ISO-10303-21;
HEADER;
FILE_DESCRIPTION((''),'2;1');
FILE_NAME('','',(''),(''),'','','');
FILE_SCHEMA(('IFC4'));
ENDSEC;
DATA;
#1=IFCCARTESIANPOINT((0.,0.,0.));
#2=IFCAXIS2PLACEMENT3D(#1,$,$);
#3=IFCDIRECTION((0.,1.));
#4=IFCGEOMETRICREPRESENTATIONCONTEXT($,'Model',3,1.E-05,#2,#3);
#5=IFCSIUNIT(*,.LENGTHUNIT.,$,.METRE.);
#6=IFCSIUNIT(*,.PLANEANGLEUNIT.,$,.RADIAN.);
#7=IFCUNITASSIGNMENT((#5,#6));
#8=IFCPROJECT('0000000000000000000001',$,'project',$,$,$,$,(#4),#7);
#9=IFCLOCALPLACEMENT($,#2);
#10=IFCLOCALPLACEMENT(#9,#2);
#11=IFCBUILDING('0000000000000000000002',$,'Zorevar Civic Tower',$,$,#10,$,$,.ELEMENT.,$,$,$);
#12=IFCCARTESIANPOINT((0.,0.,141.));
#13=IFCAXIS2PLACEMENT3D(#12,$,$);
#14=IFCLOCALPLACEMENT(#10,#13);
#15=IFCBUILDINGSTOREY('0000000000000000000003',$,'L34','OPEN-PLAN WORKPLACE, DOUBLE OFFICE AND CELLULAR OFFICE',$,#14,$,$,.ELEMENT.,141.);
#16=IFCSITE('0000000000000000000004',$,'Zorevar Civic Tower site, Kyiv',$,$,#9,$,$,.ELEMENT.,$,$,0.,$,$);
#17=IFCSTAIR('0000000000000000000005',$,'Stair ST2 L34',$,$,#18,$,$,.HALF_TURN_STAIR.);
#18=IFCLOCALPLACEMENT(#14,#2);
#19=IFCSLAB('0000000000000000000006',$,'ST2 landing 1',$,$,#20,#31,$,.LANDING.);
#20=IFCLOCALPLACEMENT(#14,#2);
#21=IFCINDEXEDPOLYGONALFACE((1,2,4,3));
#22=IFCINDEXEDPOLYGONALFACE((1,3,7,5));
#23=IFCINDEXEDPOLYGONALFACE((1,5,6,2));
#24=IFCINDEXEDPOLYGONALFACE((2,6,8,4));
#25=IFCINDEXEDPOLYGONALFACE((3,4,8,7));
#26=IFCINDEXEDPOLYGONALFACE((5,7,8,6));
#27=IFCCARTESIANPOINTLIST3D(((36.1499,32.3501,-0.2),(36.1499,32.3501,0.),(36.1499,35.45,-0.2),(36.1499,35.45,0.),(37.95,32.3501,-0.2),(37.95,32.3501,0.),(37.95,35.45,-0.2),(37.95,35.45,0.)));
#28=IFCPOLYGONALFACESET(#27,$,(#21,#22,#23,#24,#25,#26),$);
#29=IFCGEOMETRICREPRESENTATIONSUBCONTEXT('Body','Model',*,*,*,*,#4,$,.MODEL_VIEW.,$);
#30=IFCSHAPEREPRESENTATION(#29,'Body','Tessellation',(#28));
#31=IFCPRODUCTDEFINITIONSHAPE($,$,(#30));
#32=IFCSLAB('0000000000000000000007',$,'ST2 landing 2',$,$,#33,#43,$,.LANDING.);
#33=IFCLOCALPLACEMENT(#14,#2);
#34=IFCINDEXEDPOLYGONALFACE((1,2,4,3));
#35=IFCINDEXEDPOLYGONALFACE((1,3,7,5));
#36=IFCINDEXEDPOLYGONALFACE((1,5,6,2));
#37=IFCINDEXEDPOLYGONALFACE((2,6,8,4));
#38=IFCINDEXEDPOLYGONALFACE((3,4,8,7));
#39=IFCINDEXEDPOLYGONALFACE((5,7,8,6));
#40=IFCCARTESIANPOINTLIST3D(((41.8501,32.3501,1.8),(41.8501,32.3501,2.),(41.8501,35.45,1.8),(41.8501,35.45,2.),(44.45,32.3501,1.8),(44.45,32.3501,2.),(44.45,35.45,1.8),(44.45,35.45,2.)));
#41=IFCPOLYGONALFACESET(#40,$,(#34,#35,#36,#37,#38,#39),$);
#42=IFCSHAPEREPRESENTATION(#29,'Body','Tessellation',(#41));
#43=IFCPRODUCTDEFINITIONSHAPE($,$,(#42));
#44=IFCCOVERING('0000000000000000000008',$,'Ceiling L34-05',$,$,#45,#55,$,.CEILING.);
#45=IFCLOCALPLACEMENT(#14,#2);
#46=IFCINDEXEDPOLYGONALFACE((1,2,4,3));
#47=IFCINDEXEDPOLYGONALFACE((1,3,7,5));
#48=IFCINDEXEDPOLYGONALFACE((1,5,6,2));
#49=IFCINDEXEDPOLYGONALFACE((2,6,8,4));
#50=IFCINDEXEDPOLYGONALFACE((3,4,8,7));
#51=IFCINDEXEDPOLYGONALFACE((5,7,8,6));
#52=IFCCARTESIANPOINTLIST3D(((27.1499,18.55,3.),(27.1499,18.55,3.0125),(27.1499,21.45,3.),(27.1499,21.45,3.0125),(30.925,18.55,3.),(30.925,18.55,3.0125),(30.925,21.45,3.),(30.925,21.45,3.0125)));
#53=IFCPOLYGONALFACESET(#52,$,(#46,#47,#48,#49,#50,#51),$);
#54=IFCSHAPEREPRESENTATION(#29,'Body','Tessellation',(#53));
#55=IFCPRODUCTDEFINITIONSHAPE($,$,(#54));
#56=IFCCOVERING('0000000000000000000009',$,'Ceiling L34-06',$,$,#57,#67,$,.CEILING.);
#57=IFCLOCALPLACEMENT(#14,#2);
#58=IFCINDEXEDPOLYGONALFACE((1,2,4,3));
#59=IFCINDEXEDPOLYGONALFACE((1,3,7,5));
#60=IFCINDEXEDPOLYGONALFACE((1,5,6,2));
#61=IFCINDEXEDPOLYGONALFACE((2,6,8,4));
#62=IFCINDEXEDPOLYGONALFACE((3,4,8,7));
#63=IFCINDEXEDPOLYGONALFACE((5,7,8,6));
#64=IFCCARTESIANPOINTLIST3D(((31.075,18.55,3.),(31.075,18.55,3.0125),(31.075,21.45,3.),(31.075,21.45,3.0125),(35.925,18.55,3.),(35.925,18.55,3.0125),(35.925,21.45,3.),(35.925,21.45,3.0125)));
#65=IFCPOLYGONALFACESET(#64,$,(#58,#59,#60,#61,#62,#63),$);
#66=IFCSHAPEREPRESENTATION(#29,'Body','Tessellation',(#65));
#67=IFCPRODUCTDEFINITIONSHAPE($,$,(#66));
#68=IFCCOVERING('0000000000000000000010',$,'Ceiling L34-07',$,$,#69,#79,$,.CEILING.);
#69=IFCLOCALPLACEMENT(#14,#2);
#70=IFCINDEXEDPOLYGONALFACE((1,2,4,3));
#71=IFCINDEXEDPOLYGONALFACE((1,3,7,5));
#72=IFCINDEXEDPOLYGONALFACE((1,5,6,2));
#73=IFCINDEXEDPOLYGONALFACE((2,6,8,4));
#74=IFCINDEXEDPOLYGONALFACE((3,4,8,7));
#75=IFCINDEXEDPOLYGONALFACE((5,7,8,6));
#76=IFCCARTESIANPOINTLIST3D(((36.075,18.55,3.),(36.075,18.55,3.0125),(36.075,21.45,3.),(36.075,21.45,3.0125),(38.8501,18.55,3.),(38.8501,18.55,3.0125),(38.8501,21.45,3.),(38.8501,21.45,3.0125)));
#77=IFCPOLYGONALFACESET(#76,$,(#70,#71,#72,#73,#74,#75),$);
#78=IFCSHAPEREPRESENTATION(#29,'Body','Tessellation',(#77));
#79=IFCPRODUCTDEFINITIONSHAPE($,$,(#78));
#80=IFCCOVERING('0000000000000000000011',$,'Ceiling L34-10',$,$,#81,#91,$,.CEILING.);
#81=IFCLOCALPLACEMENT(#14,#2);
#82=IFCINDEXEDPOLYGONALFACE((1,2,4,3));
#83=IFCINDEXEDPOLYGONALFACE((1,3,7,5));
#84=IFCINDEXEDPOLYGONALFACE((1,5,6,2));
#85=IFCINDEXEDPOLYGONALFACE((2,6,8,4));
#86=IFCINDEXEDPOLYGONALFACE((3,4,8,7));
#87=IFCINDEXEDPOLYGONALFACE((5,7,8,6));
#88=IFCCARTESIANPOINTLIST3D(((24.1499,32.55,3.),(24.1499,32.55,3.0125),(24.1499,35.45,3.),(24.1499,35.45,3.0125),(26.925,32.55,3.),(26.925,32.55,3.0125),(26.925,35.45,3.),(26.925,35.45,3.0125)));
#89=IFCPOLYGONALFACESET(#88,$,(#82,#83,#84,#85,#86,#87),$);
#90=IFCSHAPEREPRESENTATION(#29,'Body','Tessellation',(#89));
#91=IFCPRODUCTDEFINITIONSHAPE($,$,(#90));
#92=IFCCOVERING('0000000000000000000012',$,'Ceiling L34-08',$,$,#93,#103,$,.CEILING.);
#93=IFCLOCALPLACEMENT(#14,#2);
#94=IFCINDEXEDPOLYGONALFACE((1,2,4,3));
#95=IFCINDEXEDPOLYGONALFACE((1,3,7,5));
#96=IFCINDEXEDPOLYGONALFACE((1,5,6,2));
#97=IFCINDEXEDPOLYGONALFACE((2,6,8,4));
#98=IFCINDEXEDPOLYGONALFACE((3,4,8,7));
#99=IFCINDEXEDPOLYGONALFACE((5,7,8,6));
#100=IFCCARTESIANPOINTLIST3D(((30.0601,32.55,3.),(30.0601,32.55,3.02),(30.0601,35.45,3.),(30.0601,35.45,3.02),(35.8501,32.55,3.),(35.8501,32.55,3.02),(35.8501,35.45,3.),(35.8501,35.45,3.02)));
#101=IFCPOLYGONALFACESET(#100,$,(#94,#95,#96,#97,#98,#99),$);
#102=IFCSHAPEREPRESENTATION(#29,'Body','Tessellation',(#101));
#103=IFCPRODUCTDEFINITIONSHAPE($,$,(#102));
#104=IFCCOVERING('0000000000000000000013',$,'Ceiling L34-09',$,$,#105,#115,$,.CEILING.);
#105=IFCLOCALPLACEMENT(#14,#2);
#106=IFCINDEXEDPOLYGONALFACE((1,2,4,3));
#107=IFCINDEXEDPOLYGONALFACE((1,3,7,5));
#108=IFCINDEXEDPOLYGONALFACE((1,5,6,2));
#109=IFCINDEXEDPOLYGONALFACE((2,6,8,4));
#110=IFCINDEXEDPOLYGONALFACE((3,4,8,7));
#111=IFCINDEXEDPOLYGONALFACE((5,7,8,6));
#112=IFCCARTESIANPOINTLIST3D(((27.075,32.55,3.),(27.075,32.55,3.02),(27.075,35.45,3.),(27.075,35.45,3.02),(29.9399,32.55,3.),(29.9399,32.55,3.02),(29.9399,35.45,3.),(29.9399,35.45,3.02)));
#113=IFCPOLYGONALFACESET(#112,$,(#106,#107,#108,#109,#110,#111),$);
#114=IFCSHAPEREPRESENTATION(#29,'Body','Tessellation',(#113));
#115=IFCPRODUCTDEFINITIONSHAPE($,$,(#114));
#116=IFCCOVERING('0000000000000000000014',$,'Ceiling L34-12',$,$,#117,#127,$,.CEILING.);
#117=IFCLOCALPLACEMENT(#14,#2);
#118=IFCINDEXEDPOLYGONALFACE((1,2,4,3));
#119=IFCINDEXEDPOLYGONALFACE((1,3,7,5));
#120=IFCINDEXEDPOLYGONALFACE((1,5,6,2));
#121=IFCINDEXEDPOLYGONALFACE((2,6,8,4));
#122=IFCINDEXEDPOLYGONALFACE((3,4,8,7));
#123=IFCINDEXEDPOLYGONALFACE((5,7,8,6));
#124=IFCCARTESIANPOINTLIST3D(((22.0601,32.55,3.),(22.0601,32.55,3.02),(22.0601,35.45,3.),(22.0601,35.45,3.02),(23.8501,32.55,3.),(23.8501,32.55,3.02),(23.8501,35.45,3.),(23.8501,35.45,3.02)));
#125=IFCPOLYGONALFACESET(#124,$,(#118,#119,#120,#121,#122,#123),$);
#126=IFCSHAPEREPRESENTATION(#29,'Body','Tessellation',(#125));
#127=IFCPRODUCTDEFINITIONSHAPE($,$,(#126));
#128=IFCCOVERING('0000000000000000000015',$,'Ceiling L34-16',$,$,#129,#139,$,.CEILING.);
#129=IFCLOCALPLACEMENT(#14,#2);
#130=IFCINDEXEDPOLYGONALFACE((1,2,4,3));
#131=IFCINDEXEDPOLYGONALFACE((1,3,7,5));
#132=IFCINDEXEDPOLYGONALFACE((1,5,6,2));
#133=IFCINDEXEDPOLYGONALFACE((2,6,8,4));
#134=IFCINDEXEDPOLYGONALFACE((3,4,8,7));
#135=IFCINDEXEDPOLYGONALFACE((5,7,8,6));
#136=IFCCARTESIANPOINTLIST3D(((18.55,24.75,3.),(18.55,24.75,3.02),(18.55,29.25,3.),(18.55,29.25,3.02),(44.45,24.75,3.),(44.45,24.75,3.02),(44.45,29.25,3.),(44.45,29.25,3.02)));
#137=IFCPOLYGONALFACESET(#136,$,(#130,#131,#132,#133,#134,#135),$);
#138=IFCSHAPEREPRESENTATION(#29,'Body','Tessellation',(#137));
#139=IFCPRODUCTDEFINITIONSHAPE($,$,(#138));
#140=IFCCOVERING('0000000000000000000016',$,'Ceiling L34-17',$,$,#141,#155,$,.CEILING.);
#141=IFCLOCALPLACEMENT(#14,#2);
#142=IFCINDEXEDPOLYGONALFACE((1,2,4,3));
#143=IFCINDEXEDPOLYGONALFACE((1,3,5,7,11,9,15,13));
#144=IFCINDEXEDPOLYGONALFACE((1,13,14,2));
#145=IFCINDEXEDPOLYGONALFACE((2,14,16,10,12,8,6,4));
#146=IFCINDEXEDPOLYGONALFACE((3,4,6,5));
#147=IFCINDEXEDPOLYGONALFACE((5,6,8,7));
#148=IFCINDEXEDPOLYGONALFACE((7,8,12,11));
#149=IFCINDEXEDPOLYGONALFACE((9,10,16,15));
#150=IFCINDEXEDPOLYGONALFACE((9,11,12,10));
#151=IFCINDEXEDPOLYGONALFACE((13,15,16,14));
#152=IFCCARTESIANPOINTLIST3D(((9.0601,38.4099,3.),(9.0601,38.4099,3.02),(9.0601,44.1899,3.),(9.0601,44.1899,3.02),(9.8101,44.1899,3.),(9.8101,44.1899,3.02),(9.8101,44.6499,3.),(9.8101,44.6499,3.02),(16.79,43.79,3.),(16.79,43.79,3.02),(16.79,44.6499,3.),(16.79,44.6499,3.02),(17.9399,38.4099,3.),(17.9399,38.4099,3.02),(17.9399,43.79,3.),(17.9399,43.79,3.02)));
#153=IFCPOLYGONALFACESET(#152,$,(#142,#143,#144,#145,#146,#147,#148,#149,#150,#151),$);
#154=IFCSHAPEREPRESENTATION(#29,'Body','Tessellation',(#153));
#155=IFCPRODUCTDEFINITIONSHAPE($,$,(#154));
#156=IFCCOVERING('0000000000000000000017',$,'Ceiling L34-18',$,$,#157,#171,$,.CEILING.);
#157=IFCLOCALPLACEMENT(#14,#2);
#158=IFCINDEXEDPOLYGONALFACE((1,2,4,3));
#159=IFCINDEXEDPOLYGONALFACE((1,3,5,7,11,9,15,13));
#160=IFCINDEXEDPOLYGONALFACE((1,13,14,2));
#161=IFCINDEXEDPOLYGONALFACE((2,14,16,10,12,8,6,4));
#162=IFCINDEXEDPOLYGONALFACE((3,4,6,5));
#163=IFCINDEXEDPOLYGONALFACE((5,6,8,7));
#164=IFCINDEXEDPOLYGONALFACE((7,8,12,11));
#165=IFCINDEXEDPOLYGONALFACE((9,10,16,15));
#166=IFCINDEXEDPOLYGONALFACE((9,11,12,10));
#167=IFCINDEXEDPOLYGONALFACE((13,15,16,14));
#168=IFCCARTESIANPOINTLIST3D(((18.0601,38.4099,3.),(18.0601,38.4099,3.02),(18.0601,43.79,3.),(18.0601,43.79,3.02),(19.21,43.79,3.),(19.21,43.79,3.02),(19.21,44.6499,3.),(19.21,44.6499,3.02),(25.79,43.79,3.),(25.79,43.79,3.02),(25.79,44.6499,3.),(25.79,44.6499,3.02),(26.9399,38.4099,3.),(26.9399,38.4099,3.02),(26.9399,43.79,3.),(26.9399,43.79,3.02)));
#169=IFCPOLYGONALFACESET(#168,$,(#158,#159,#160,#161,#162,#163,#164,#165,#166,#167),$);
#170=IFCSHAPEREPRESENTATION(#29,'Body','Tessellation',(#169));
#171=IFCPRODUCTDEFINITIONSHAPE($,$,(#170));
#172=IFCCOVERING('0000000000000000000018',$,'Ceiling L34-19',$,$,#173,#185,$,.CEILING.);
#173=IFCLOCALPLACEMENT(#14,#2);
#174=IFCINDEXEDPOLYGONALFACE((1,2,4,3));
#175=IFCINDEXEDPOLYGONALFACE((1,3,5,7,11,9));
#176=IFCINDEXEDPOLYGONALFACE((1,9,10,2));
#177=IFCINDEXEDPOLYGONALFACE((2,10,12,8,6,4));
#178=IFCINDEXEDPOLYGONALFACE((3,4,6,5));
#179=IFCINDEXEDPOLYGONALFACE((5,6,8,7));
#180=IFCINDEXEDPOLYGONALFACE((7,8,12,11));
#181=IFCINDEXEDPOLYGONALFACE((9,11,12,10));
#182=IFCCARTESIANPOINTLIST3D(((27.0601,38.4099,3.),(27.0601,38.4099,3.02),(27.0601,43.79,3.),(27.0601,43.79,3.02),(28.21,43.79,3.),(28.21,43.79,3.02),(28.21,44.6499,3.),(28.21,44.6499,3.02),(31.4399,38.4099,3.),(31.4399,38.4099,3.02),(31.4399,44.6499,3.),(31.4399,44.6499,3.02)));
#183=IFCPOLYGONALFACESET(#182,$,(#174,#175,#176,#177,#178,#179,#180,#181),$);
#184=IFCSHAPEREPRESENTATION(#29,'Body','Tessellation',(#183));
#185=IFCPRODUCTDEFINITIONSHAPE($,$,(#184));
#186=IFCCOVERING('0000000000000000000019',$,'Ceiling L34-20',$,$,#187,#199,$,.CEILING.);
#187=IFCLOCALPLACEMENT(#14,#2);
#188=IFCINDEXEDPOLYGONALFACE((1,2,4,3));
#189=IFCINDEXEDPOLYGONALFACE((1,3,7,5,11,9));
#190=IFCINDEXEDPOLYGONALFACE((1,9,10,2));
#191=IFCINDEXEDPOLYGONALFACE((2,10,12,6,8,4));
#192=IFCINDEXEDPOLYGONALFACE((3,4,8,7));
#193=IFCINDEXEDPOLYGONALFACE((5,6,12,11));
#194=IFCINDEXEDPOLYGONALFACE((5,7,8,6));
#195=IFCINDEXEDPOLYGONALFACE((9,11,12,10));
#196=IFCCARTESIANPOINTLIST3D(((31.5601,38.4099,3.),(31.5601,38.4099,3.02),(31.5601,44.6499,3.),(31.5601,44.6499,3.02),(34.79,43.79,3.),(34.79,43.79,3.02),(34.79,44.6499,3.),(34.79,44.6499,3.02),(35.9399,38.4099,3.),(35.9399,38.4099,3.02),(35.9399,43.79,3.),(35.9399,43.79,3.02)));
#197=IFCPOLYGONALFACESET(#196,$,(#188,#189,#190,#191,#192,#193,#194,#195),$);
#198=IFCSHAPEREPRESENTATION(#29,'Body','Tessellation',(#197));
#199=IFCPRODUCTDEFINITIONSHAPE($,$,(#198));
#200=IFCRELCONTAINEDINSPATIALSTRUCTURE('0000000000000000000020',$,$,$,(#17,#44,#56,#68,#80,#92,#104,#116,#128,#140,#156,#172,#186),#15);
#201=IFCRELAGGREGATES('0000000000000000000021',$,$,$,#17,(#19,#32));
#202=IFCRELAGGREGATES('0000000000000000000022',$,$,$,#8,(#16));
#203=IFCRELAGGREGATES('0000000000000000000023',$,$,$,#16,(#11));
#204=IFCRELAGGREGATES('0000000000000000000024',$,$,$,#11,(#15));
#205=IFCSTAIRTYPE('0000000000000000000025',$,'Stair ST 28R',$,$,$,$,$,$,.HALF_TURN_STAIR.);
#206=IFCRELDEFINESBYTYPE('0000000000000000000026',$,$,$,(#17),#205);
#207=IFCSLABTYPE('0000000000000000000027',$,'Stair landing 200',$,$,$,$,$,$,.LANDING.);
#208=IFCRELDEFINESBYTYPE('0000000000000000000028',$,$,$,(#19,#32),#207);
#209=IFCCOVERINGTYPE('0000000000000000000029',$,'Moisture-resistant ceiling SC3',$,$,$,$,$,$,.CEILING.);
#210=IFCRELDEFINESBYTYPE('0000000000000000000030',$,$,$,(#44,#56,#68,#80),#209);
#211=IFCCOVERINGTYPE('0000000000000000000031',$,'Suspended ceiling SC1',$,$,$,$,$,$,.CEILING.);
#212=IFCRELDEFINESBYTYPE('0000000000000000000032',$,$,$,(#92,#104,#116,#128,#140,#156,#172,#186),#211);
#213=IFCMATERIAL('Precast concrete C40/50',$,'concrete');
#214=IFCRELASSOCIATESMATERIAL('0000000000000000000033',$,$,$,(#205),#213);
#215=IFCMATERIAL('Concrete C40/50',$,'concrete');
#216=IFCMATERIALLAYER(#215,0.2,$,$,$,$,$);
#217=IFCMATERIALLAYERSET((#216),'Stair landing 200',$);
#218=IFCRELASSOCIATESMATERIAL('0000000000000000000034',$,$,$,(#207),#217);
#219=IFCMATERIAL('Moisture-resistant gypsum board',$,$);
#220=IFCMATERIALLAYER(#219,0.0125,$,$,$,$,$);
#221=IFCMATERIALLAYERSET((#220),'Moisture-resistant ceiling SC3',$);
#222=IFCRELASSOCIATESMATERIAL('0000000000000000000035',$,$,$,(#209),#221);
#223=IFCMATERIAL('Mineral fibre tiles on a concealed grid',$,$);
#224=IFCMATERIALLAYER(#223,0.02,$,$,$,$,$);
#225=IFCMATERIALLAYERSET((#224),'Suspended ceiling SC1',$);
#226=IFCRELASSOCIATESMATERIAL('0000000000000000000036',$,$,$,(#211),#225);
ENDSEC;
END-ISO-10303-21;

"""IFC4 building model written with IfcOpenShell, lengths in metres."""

from ifc_helpers import new_model, si_unit, direction, frame, origin, place, context, subcontext, project, spatial, polyline, outline, extrude, material, layer, layer_set, type_object, element, aggregate, save


model = new_model("IFC4")

# Units and contexts
model_context = context("Model", 3, precision=1e-05, world=origin(), true_north=direction((0.0, 1.0)))
body_context = subcontext(model_context, "Body", "Model", "MODEL_VIEW")
ifc_project = project(units=[si_unit("LENGTHUNIT", "METRE"), si_unit("PLANEANGLEUNIT", "RADIAN")], contexts=[model_context])

# Site, building, storey
site_placement = place(None, origin())
site = spatial("IfcSite", under=ifc_project, at=site_placement, Name="Zorevar Civic Tower site, Kyiv", CompositionType="ELEMENT", RefElevation=0.0)
building_placement = place(site_placement, origin())
building = spatial("IfcBuilding", under=site, at=building_placement, Name="Zorevar Civic Tower", CompositionType="ELEMENT")
storey_placement = place(building_placement, frame((0.0, 0.0, 141.0)))
storey = spatial("IfcBuildingStorey", under=building, at=storey_placement, Name="L34", Description="OPEN-PLAN WORKPLACE, DOUBLE OFFICE AND CELLULAR OFFICE", CompositionType="ELEMENT", Elevation=141.0)

# Stair, slabs
ifc_material_1 = material(Name="Precast concrete C40/50", Category="concrete")
stair_type = type_object("IfcStairType", Name="Stair ST 28R", PredefinedType="HALF_TURN_STAIR", material=ifc_material_1)
ifc_material_2 = material(Name="Concrete C40/50", Category="concrete")
ifc_layer_1 = layer(ifc_material_2, 0.2)
ifc_layer_set_1 = layer_set([ifc_layer_1], Name="Stair landing 200")
slab_type_1 = type_object("IfcSlabType", Name="Stair landing 200", PredefinedType="LANDING", material=ifc_layer_set_1)
stair_1_placement = place(storey_placement, origin())
stair_1 = element("IfcStair", 1, at=stair_1_placement, inside=storey, type_object=stair_type, Name="Stair ST2 L34", PredefinedType="HALF_TURN_STAIR")
slab_1_placement = place(storey_placement, frame((0.0, 0.0, -0.2)))
slab_1 = element("IfcSlab", 2, at=slab_1_placement, type_object=slab_type_1, Name="ST2 landing 1", PredefinedType="LANDING", context=body_context, shape_type="SweptSolid", body=[
    extrude(outline(polyline([(37.95, 32.3501), (36.1499, 32.3501), (36.1499, 35.45), (37.95, 35.45), (37.95, 32.3501)])), origin(), (0.0, 0.0, 1.0), 0.2),
])
slab_2_placement = place(storey_placement, frame((0.0, 0.0, 1.8)))
slab_2 = element("IfcSlab", 3, at=slab_2_placement, type_object=slab_type_1, Name="ST2 landing 2", PredefinedType="LANDING", context=body_context, shape_type="SweptSolid", body=[
    extrude(outline(polyline([(44.45, 32.3501), (41.8501, 32.3501), (41.8501, 35.45), (44.45, 35.45), (44.45, 32.3501)])), origin(), (0.0, 0.0, 1.0), 0.2),
])
aggregate(stair_1, [slab_1, slab_2])

# Coverings
ifc_material_3 = material(Name="Moisture-resistant gypsum board")
ifc_layer_2 = layer(ifc_material_3, 0.0125)
ifc_layer_set_2 = layer_set([ifc_layer_2], Name="Moisture-resistant ceiling SC3")
covering_type_1 = type_object("IfcCoveringType", Name="Moisture-resistant ceiling SC3", PredefinedType="CEILING", material=ifc_layer_set_2)
covering_1_placement = place(storey_placement, frame((0.0, 0.0, 3.0)))
element("IfcCovering", 4, at=covering_1_placement, inside=storey, type_object=covering_type_1, Name="Ceiling L34-05", PredefinedType="CEILING", context=body_context, shape_type="SweptSolid", body=[
    extrude(outline(polyline([(30.925, 18.55), (30.925, 21.45), (27.1499, 21.45), (27.1499, 18.55), (30.925, 18.55)])), origin(), (0.0, 0.0, 1.0), 0.0125),
])
covering_2_placement = place(storey_placement, frame((0.0, 0.0, 3.0)))
element("IfcCovering", 5, at=covering_2_placement, inside=storey, type_object=covering_type_1, Name="Ceiling L34-06", PredefinedType="CEILING", context=body_context, shape_type="SweptSolid", body=[
    extrude(outline(polyline([(35.925, 18.55), (35.925, 21.45), (31.075, 21.45), (31.075, 18.55), (35.925, 18.55)])), origin(), (0.0, 0.0, 1.0), 0.0125),
])
covering_3_placement = place(storey_placement, frame((0.0, 0.0, 3.0)))
element("IfcCovering", 6, at=covering_3_placement, inside=storey, type_object=covering_type_1, Name="Ceiling L34-07", PredefinedType="CEILING", context=body_context, shape_type="SweptSolid", body=[
    extrude(outline(polyline([(38.8501, 18.55), (38.8501, 21.45), (36.075, 21.45), (36.075, 18.55), (38.8501, 18.55)])), origin(), (0.0, 0.0, 1.0), 0.0125),
])
covering_4_placement = place(storey_placement, frame((0.0, 0.0, 3.0)))
element("IfcCovering", 7, at=covering_4_placement, inside=storey, type_object=covering_type_1, Name="Ceiling L34-10", PredefinedType="CEILING", context=body_context, shape_type="SweptSolid", body=[
    extrude(outline(polyline([(26.925, 32.55), (26.925, 35.45), (24.1499, 35.45), (24.1499, 32.55), (26.925, 32.55)])), origin(), (0.0, 0.0, 1.0), 0.0125),
])
ifc_material_4 = material(Name="Mineral fibre tiles on a concealed grid")
ifc_layer_3 = layer(ifc_material_4, 0.02)
ifc_layer_set_3 = layer_set([ifc_layer_3], Name="Suspended ceiling SC1")
covering_type_2 = type_object("IfcCoveringType", Name="Suspended ceiling SC1", PredefinedType="CEILING", material=ifc_layer_set_3)
covering_5_placement = place(storey_placement, frame((0.0, 0.0, 3.0)))
element("IfcCovering", 8, at=covering_5_placement, inside=storey, type_object=covering_type_2, Name="Ceiling L34-08", PredefinedType="CEILING", context=body_context, shape_type="SweptSolid", body=[
    extrude(outline(polyline([(35.8501, 32.55), (35.8501, 35.45), (30.0601, 35.45), (30.0601, 32.55), (35.8501, 32.55)])), origin(), (0.0, 0.0, 1.0), 0.02),
])
covering_6_placement = place(storey_placement, frame((0.0, 0.0, 3.0)))
element("IfcCovering", 9, at=covering_6_placement, inside=storey, type_object=covering_type_2, Name="Ceiling L34-09", PredefinedType="CEILING", context=body_context, shape_type="SweptSolid", body=[
    extrude(outline(polyline([(29.9399, 32.55), (29.9399, 35.45), (27.075, 35.45), (27.075, 32.55), (29.9399, 32.55)])), origin(), (0.0, 0.0, 1.0), 0.02),
])
covering_7_placement = place(storey_placement, frame((0.0, 0.0, 3.0)))
element("IfcCovering", 10, at=covering_7_placement, inside=storey, type_object=covering_type_2, Name="Ceiling L34-12", PredefinedType="CEILING", context=body_context, shape_type="SweptSolid", body=[
    extrude(outline(polyline([(23.8501, 32.55), (23.8501, 35.45), (22.0601, 35.45), (22.0601, 32.55), (23.8501, 32.55)])), origin(), (0.0, 0.0, 1.0), 0.02),
])
covering_8_placement = place(storey_placement, frame((0.0, 0.0, 3.0)))
element("IfcCovering", 11, at=covering_8_placement, inside=storey, type_object=covering_type_2, Name="Ceiling L34-16", PredefinedType="CEILING", context=body_context, shape_type="SweptSolid", body=[
    extrude(outline(polyline([(44.45, 24.75), (44.45, 29.25), (18.55, 29.25), (18.55, 24.75), (44.45, 24.75)])), origin(), (0.0, 0.0, 1.0), 0.02),
])
covering_9_placement = place(storey_placement, frame((0.0, 0.0, 3.0)))
element("IfcCovering", 12, at=covering_9_placement, inside=storey, type_object=covering_type_2, Name="Ceiling L34-17", PredefinedType="CEILING", context=body_context, shape_type="SweptSolid", body=[
    extrude(outline(polyline([(9.8101, 44.1899), (9.8101, 44.6499), (16.79, 44.6499), (16.79, 43.79), (17.9399, 43.79), (17.9399, 38.4099), (9.0601, 38.4099), (9.0601, 44.1899), (9.8101, 44.1899)])), origin(), (0.0, 0.0, 1.0), 0.02),
])
covering_10_placement = place(storey_placement, frame((0.0, 0.0, 3.0)))
element("IfcCovering", 13, at=covering_10_placement, inside=storey, type_object=covering_type_2, Name="Ceiling L34-18", PredefinedType="CEILING", context=body_context, shape_type="SweptSolid", body=[
    extrude(outline(polyline([(19.21, 43.79), (19.21, 44.6499), (25.79, 44.6499), (25.79, 43.79), (26.9399, 43.79), (26.9399, 38.4099), (18.0601, 38.4099), (18.0601, 43.79), (19.21, 43.79)])), origin(), (0.0, 0.0, 1.0), 0.02),
])
covering_11_placement = place(storey_placement, frame((0.0, 0.0, 3.0)))
element("IfcCovering", 14, at=covering_11_placement, inside=storey, type_object=covering_type_2, Name="Ceiling L34-19", PredefinedType="CEILING", context=body_context, shape_type="SweptSolid", body=[
    extrude(outline(polyline([(27.0601, 38.4099), (27.0601, 43.79), (28.21, 43.79), (28.21, 44.6499), (31.4399, 44.6499), (31.4399, 38.4099), (27.0601, 38.4099)])), origin(), (0.0, 0.0, 1.0), 0.02),
])
covering_12_placement = place(storey_placement, frame((0.0, 0.0, 3.0)))
element("IfcCovering", 15, at=covering_12_placement, inside=storey, type_object=covering_type_2, Name="Ceiling L34-20", PredefinedType="CEILING", context=body_context, shape_type="SweptSolid", body=[
    extrude(outline(polyline([(31.5601, 38.4099), (31.5601, 44.6499), (34.79, 44.6499), (34.79, 43.79), (35.9399, 43.79), (35.9399, 38.4099), (31.5601, 38.4099)])), origin(), (0.0, 0.0, 1.0), 0.02),
])

save(model, "model.ifc")
